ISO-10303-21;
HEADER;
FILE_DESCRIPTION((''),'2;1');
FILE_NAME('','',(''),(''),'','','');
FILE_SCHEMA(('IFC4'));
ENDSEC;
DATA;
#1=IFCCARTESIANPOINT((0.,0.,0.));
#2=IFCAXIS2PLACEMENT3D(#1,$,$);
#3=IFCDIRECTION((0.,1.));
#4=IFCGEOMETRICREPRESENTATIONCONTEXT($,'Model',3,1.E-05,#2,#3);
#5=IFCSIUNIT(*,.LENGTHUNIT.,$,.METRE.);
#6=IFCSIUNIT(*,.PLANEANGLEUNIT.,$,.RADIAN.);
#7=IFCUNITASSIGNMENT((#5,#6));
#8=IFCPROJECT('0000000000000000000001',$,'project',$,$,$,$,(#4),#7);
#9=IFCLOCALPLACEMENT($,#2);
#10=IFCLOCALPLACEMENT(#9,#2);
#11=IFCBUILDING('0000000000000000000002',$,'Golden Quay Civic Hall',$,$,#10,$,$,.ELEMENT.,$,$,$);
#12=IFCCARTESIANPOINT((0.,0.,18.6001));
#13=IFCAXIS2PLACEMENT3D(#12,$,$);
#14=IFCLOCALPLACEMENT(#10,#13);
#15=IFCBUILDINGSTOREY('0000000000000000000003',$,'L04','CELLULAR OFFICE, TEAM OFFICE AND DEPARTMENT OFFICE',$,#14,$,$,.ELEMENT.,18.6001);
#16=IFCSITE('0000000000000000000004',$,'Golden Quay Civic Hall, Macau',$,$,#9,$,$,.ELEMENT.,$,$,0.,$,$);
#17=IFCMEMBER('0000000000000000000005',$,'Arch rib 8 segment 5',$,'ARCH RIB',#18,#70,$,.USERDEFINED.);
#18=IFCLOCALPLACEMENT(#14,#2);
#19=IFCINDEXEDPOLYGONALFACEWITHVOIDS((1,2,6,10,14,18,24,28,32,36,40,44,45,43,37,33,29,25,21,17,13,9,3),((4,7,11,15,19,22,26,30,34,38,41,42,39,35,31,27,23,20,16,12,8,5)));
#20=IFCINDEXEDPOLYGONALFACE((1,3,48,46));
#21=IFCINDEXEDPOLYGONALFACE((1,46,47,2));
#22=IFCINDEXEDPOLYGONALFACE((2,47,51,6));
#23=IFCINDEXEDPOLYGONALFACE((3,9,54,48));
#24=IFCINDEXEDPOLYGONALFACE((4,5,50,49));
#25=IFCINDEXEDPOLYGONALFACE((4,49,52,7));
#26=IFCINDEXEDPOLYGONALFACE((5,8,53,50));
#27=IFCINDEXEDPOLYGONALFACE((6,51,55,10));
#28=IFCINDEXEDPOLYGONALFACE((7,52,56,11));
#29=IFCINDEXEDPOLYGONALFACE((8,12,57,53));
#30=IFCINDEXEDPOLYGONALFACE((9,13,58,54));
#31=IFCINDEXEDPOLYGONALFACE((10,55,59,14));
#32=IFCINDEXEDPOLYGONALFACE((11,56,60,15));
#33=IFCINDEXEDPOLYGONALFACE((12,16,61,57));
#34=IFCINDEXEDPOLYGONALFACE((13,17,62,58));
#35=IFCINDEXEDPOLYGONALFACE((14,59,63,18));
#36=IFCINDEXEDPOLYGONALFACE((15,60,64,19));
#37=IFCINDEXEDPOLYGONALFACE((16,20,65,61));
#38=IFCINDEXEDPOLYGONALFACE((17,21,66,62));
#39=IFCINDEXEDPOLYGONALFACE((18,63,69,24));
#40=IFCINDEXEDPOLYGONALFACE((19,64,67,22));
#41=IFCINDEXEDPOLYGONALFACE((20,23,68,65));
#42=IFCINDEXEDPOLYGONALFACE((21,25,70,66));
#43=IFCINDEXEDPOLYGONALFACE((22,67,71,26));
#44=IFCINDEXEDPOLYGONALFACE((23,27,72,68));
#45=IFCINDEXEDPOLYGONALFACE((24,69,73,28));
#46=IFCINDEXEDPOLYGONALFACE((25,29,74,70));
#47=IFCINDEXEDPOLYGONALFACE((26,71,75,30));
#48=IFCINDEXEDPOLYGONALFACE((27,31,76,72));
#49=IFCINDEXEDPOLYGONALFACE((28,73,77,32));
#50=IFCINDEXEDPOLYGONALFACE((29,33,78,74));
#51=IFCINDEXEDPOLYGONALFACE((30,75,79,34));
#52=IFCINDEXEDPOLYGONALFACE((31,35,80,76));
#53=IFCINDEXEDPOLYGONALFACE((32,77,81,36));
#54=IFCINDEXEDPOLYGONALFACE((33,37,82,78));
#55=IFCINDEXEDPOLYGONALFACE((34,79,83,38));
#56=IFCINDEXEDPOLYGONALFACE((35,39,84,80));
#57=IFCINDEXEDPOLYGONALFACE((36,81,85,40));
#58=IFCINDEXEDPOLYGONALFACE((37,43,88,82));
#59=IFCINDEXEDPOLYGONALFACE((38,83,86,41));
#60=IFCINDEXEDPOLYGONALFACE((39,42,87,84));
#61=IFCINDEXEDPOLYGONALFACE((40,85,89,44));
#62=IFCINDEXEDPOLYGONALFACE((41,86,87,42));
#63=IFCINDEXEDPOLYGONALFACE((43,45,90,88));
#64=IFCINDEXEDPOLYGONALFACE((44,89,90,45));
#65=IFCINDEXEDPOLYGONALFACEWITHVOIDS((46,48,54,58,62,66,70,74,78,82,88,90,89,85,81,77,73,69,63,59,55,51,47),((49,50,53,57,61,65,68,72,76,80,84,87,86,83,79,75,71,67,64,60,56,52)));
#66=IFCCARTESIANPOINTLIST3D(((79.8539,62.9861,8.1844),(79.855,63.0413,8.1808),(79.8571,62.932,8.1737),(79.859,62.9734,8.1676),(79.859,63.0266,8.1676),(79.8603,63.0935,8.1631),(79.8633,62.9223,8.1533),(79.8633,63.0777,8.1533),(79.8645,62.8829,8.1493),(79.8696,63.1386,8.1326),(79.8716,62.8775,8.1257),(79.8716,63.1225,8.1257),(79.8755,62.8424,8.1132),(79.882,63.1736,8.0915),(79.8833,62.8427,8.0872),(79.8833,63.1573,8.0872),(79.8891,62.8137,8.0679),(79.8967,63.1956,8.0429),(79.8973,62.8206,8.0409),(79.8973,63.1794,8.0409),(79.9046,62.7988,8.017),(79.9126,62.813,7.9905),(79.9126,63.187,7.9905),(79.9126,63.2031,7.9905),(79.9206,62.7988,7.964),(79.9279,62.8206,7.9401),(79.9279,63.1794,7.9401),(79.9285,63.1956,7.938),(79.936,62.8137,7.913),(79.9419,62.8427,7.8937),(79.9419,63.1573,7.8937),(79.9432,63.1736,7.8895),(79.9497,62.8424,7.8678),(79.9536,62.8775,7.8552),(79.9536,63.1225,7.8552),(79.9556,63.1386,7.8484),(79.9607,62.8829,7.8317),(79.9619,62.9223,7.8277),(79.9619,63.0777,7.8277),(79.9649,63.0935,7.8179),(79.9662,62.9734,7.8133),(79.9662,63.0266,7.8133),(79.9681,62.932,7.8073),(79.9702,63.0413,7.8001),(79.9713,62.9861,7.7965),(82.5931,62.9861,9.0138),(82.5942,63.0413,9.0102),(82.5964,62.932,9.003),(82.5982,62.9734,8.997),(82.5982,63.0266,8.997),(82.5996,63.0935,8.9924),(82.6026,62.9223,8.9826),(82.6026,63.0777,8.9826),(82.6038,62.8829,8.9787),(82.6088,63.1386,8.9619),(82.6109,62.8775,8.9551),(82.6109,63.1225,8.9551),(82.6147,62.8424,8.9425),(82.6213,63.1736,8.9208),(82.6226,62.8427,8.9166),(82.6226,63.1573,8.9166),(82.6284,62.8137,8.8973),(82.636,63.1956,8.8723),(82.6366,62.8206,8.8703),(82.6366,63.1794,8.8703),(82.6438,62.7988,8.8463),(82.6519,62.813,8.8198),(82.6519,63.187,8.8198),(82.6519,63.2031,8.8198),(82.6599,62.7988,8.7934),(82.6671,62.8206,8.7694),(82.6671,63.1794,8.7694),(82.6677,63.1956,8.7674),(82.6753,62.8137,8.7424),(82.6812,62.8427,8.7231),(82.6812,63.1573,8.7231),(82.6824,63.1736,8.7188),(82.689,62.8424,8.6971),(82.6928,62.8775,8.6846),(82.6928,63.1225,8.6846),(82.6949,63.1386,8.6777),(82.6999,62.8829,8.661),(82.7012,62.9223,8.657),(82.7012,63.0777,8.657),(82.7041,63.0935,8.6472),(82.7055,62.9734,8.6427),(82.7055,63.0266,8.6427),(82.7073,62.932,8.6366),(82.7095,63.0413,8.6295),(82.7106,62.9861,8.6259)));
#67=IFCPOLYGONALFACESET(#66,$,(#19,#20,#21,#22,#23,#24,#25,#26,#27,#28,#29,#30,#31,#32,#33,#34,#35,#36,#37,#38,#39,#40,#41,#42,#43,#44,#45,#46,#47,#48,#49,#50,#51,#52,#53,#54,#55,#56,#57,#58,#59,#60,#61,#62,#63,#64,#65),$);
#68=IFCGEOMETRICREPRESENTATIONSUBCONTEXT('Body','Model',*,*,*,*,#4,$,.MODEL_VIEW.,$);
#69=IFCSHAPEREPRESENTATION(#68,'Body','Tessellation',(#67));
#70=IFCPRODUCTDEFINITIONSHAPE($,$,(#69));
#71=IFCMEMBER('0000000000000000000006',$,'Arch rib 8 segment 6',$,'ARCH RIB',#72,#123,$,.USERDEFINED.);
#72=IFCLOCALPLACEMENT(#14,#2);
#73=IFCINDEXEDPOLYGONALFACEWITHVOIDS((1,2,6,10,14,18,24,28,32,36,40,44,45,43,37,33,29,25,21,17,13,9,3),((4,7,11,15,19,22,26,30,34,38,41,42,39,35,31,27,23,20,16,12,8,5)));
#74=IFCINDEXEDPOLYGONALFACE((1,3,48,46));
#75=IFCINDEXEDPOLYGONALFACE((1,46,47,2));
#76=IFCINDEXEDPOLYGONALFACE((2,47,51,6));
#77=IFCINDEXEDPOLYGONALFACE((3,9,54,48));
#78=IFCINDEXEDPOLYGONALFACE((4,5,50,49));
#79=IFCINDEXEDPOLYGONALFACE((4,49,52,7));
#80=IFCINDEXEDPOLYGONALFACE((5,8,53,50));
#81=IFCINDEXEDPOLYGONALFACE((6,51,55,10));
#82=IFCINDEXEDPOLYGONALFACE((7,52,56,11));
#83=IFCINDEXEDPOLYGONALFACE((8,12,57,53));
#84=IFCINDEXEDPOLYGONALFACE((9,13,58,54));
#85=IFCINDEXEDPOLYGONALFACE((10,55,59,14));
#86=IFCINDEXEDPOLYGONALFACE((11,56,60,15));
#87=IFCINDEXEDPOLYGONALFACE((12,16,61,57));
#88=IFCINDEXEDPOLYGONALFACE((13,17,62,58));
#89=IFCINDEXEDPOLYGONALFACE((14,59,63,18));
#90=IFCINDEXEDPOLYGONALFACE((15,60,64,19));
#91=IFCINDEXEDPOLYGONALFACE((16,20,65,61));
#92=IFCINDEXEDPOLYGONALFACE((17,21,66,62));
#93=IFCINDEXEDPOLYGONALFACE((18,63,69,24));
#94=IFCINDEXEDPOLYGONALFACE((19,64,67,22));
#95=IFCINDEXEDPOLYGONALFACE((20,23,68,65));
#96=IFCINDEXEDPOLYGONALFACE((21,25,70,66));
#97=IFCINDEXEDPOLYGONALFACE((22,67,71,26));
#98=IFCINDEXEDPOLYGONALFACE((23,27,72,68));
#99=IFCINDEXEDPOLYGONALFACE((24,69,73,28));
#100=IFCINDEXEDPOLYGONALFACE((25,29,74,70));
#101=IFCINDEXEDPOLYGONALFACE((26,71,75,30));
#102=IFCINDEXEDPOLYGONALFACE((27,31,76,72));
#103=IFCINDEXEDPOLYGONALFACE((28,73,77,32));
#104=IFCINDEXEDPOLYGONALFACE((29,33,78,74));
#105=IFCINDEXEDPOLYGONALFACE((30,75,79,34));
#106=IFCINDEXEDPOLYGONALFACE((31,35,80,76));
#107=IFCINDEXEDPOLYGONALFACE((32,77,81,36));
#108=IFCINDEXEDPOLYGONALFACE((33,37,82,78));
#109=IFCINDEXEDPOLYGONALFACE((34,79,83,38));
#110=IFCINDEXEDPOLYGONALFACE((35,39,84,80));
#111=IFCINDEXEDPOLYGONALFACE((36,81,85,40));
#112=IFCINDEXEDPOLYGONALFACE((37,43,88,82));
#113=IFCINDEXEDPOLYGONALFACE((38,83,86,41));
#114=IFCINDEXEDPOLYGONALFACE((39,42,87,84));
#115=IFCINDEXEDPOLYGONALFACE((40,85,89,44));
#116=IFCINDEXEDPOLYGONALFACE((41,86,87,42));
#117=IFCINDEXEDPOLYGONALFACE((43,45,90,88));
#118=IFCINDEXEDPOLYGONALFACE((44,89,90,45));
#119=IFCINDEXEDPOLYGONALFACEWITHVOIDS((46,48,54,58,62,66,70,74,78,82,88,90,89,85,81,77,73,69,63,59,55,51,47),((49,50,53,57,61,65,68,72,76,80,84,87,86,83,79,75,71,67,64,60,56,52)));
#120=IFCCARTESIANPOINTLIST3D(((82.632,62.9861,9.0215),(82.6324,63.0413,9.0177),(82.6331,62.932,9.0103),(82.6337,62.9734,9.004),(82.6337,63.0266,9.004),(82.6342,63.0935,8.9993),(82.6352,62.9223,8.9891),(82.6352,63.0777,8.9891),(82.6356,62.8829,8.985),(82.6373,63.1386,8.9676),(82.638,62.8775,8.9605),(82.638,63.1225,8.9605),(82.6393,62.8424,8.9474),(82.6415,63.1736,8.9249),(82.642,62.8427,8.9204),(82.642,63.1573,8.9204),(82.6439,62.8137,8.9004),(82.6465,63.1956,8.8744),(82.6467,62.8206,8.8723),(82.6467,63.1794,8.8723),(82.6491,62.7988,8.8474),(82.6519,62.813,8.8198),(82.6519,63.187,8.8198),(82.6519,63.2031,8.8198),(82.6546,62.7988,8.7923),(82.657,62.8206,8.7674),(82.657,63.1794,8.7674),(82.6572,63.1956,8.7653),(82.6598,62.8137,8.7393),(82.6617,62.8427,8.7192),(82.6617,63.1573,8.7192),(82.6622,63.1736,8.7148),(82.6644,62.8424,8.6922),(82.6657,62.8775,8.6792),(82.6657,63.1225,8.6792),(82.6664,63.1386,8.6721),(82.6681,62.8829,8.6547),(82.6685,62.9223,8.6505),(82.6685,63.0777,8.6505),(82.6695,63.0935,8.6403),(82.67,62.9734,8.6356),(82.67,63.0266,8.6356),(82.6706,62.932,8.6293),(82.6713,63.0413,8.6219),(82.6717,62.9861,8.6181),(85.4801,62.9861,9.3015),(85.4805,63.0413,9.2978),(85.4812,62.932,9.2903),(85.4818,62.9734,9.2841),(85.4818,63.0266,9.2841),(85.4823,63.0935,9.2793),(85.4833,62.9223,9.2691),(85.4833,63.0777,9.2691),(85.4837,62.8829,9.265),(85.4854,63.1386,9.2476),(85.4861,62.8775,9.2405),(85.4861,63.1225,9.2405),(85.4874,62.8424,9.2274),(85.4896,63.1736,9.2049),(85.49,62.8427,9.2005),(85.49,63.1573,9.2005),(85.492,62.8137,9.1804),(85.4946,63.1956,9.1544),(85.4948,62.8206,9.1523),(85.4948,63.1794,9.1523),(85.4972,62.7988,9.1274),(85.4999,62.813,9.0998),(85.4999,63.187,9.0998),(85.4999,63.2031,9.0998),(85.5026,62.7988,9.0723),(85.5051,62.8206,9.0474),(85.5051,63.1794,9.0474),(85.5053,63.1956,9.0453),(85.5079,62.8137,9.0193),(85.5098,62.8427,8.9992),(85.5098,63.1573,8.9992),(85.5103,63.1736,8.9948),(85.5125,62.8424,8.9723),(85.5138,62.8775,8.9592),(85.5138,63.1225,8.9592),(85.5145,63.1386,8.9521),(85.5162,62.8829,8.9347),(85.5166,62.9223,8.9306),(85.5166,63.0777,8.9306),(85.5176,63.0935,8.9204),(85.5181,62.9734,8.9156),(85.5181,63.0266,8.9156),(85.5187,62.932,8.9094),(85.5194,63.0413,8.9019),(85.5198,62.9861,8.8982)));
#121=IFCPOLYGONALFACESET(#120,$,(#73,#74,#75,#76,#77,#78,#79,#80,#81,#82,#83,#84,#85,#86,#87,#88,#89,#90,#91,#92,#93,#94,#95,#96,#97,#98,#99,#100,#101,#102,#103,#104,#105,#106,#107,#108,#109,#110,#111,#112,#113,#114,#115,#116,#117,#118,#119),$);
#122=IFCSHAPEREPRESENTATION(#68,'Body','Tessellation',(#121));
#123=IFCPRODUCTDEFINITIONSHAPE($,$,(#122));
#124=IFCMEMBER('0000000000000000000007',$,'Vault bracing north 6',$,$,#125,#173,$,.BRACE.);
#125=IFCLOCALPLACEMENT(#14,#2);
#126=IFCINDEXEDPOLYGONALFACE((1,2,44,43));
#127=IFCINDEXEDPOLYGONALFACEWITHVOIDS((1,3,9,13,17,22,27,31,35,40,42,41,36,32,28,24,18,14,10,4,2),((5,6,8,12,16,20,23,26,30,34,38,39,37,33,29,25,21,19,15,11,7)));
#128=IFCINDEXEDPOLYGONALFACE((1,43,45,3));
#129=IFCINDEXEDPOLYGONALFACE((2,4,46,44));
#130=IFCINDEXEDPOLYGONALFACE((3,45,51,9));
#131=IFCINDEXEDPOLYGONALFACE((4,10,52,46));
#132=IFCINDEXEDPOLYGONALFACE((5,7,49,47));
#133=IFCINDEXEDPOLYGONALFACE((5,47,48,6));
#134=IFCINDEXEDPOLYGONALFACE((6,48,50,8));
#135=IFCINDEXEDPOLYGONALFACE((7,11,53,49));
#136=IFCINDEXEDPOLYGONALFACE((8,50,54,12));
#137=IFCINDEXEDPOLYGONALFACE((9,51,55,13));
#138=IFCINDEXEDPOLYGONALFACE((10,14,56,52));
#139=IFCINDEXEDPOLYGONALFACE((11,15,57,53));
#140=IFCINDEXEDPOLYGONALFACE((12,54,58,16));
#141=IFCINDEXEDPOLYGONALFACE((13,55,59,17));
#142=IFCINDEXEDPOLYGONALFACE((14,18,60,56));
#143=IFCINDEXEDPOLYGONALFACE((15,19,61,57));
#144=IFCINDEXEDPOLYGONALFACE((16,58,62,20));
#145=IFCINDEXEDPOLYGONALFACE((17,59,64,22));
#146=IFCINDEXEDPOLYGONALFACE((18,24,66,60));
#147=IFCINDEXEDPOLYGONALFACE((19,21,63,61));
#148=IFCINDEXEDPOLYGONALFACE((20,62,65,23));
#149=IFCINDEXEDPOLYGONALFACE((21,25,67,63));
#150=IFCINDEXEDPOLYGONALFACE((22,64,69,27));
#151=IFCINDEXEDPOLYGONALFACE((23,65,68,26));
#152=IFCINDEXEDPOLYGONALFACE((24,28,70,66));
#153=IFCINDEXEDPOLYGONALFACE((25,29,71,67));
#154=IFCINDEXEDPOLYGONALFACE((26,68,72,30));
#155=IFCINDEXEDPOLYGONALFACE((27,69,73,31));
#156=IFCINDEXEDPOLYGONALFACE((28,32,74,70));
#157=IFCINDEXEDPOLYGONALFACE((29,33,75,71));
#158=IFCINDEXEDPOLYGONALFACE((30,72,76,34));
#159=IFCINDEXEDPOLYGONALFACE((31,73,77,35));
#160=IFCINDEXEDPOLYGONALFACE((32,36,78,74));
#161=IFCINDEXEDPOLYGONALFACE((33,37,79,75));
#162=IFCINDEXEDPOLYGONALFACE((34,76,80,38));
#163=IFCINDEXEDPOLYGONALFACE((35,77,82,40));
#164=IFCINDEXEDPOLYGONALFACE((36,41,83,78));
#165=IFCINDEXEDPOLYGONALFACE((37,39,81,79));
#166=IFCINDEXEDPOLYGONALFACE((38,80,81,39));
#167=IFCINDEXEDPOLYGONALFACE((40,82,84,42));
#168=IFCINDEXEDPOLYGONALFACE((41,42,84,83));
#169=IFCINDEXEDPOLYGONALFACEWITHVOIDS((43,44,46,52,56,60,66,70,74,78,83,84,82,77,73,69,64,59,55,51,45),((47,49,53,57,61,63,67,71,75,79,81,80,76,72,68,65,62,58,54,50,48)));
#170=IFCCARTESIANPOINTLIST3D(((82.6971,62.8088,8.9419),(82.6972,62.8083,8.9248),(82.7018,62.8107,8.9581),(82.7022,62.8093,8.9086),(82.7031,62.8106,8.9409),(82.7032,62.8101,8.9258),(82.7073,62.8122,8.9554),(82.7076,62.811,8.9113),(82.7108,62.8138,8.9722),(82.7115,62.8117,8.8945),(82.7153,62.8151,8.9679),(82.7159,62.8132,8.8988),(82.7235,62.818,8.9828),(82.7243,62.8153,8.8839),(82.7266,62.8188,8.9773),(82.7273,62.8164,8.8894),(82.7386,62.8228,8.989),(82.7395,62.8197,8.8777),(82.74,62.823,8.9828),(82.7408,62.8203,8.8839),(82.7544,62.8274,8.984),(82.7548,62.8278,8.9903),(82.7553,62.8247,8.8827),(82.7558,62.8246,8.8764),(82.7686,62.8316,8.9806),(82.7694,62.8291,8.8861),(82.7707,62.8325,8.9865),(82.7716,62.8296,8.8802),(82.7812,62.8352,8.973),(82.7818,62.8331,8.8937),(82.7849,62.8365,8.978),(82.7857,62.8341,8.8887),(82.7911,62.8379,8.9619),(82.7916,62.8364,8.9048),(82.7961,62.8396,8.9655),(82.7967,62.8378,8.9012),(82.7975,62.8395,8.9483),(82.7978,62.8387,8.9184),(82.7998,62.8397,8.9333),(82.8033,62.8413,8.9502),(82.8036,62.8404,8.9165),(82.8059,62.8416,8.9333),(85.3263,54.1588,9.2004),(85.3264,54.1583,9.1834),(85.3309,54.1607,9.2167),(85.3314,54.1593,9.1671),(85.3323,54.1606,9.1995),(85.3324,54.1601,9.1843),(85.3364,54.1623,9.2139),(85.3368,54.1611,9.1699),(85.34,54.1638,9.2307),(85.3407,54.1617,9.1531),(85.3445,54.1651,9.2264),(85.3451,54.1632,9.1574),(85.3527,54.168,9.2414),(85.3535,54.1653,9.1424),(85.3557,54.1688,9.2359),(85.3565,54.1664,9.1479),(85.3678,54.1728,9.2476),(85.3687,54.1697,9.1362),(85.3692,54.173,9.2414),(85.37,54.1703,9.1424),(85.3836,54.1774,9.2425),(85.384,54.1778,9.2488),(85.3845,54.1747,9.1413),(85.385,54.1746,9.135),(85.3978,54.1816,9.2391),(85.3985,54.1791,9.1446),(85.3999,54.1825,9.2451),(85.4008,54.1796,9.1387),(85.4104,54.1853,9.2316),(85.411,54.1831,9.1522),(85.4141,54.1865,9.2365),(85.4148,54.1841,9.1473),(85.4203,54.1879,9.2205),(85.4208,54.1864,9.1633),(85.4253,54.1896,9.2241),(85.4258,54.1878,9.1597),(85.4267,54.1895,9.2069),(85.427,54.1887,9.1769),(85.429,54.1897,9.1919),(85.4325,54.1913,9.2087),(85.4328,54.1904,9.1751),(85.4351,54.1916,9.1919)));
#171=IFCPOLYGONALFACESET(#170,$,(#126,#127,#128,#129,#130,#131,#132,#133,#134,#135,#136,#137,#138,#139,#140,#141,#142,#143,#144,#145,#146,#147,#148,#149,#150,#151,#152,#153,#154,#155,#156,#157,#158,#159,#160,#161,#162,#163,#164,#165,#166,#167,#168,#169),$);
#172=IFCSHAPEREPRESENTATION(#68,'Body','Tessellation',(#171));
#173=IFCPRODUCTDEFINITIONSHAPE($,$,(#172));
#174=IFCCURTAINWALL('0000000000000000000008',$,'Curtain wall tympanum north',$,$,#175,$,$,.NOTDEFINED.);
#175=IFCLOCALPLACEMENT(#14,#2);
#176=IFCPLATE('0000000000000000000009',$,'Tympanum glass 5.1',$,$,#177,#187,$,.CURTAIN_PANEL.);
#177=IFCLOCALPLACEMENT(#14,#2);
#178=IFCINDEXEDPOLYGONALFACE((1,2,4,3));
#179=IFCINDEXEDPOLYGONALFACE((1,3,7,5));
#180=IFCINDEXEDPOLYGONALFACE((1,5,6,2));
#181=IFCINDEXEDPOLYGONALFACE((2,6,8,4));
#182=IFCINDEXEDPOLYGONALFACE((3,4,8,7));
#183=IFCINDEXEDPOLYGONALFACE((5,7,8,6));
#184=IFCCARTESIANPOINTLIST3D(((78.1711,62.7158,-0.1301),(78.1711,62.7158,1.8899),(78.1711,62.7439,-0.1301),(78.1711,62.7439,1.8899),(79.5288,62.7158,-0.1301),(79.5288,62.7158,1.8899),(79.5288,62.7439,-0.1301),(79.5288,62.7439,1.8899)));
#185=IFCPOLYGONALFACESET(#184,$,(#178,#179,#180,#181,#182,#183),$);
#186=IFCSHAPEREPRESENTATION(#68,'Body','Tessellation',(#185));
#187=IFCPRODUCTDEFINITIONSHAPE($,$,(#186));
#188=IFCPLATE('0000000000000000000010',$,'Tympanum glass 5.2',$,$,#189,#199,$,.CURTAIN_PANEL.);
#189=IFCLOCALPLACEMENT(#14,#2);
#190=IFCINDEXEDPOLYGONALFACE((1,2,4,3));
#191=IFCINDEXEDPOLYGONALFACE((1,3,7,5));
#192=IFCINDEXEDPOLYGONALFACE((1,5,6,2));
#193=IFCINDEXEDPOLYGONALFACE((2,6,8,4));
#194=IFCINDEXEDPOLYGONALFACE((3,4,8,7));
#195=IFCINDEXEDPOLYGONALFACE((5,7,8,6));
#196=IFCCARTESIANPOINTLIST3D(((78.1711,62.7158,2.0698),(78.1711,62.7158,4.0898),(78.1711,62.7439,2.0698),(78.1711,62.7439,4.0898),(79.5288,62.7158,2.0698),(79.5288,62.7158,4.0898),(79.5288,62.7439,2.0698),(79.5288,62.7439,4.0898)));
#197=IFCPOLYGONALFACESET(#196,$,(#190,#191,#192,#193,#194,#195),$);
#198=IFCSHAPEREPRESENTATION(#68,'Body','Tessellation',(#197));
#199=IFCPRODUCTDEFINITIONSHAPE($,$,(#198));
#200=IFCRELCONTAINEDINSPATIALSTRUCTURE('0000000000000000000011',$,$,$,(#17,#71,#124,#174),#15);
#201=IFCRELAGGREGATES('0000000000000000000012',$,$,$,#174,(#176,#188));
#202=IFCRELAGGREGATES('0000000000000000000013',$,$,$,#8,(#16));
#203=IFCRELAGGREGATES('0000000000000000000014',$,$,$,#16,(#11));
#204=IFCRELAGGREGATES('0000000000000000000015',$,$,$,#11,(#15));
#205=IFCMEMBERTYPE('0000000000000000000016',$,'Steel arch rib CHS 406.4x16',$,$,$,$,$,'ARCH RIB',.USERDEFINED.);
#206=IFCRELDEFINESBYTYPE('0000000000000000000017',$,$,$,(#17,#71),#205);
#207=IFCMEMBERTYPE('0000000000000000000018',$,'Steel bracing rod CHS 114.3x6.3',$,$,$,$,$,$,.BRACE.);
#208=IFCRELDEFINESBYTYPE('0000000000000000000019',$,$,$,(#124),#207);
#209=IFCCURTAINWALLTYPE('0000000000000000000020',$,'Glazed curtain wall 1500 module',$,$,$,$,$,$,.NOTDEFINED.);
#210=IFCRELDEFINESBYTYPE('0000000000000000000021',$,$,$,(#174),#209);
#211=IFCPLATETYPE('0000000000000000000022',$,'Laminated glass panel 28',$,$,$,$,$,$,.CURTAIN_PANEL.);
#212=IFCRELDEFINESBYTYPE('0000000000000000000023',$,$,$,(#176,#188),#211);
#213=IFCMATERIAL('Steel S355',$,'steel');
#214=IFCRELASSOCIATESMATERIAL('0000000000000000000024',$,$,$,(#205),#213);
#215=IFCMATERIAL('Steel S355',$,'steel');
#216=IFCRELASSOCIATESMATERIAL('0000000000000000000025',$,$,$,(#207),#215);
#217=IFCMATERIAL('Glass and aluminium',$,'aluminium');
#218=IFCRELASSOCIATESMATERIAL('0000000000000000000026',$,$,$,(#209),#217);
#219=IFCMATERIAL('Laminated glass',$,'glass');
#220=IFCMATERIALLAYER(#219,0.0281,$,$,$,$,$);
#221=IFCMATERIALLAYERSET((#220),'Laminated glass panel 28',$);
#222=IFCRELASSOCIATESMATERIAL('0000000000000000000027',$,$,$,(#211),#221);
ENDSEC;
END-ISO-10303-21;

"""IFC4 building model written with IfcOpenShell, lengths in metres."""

from ifc_helpers import new_model, si_unit, direction, frame, origin, origin_2d, place, context, subcontext, project, spatial, polyline, hollow_circle, outline, extrude, material, layer, layer_set, material_profile, profile_set, type_object, element, aggregate, save


model = new_model("IFC4")

# Units and contexts
model_context = context("Model", 3, precision=1e-05, world=origin(), true_north=direction((0.0, 1.0)))
body_context = subcontext(model_context, "Body", "Model", "MODEL_VIEW")
ifc_project = project(units=[si_unit("LENGTHUNIT", "METRE"), si_unit("PLANEANGLEUNIT", "RADIAN")], contexts=[model_context])

# Site, building, storey
site_placement = place(None, origin())
site = spatial("IfcSite", under=ifc_project, at=site_placement, Name="Golden Quay Civic Hall, Macau", CompositionType="ELEMENT", RefElevation=0.0)
building_placement = place(site_placement, origin())
building = spatial("IfcBuilding", under=site, at=building_placement, Name="Golden Quay Civic Hall", CompositionType="ELEMENT")
storey_placement = place(building_placement, frame((0.0, 0.0, 18.6001)))
storey = spatial("IfcBuildingStorey", under=building, at=storey_placement, Name="L04", Description="CELLULAR OFFICE, TEAM OFFICE AND DEPARTMENT OFFICE", CompositionType="ELEMENT", Elevation=18.6001)

# Members
ifc_material_1 = material(Name="Steel S355", Category="steel")
ifc_material_profile_1 = material_profile(ifc_material_1, hollow_circle(Radius=0.2031, WallThickness=0.0161, at=origin_2d()), Name="CHS 406.4x16")
ifc_profile_set_1 = profile_set([ifc_material_profile_1], Name="Steel S355")
member_type_1 = type_object("IfcMemberType", Name="Steel arch rib CHS 406.4x16", ElementType="ARCH RIB", PredefinedType="USERDEFINED", material=ifc_profile_set_1)
member_1_placement = place(storey_placement, frame((79.9126, 63.0, 7.9905), z_axis=(0.957095, 0.0, 0.289773), x_axis=(0.0, 1.0, 0.0)))
element("IfcMember", 1, at=member_1_placement, inside=storey, type_object=member_type_1, Name="Arch rib 8 segment 5", ObjectType="ARCH RIB", PredefinedType="USERDEFINED", context=body_context, shape_type="SweptSolid", body=[
    extrude(hollow_circle(Radius=0.2031, WallThickness=0.0161, at=origin_2d()), origin(), (0.0, 0.0, 1.0), 2.8621),
])
member_2_placement = place(storey_placement, frame((82.6519, 63.0, 8.8198), z_axis=(0.995201, 0.0, 0.097848), x_axis=(0.0, 1.0, 0.0)))
element("IfcMember", 2, at=member_2_placement, inside=storey, type_object=member_type_1, Name="Arch rib 8 segment 6", ObjectType="ARCH RIB", PredefinedType="USERDEFINED", context=body_context, shape_type="SweptSolid", body=[
    extrude(hollow_circle(Radius=0.2031, WallThickness=0.0161, at=origin_2d()), origin(), (0.0, 0.0, 1.0), 2.8618),
])
ifc_material_2 = material(Name="Steel S355", Category="steel")
ifc_material_profile_2 = material_profile(ifc_material_2, hollow_circle(Radius=0.0571, WallThickness=0.0063, at=origin_2d()), Name="CHS 114.3x6.3")
ifc_profile_set_2 = profile_set([ifc_material_profile_2], Name="Steel S355")
member_type_2 = type_object("IfcMemberType", Name="Steel bracing rod CHS 114.3x6.3", PredefinedType="BRACE", material=ifc_profile_set_2)
member_3_placement = place(storey_placement, frame((82.7512, 62.825, 8.9333), z_axis=(0.290696, -0.956388, 0.028586), x_axis=(0.956779, 0.290815, 0.0)))
element("IfcMember", 3, at=member_3_placement, inside=storey, type_object=member_type_2, Name="Vault bracing north 6", PredefinedType="BRACE", context=body_context, shape_type="SweptSolid", body=[
    extrude(hollow_circle(Radius=0.0571, WallThickness=0.0063, at=origin_2d()), origin(), (0.0, 0.0, 1.0), 9.0444),
])

# Curtain wall, plates
ifc_material_3 = material(Name="Glass and aluminium", Category="aluminium")
curtain_wall_type = type_object("IfcCurtainWallType", Name="Glazed curtain wall 1500 module", PredefinedType="NOTDEFINED", material=ifc_material_3)
curtain_wall_placement = place(storey_placement, origin())
curtain_wall = element("IfcCurtainWall", 4, at=curtain_wall_placement, inside=storey, type_object=curtain_wall_type, Name="Curtain wall tympanum north", PredefinedType="NOTDEFINED")
ifc_material_4 = material(Name="Laminated glass", Category="glass")
ifc_layer_1 = layer(ifc_material_4, 0.0281)
ifc_layer_set_1 = layer_set([ifc_layer_1], Name="Laminated glass panel 28")
plate_type = type_object("IfcPlateType", Name="Laminated glass panel 28", PredefinedType="CURTAIN_PANEL", material=ifc_layer_set_1)
plate_1_placement = place(storey_placement, frame((79.5288, 62.7439, -0.1301), z_axis=(0.0, 1.0, 0.0), x_axis=(-1.0, 0.0, 0.0)))
plate_1 = element("IfcPlate", 5, at=plate_1_placement, type_object=plate_type, Name="Tympanum glass 5.1", PredefinedType="CURTAIN_PANEL", context=body_context, shape_type="SweptSolid", body=[
    extrude(outline(polyline([(0.0, 0.0), (1.3577, 0.0), (1.3577, 2.02), (0.0, 2.02), (0.0, 0.0)])), origin(), (0.0, 0.0, -1.0), 0.0281),
])
plate_2_placement = place(storey_placement, frame((79.5288, 62.7439, 2.0698), z_axis=(0.0, 1.0, 0.0), x_axis=(-1.0, 0.0, 0.0)))
plate_2 = element("IfcPlate", 6, at=plate_2_placement, type_object=plate_type, Name="Tympanum glass 5.2", PredefinedType="CURTAIN_PANEL", context=body_context, shape_type="SweptSolid", body=[
    extrude(outline(polyline([(0.0, 0.0), (1.3577, 0.0), (1.3577, 2.02), (0.0, 2.02), (0.0, 0.0)])), origin(), (0.0, 0.0, -1.0), 0.0281),
])
aggregate(curtain_wall, [plate_1, plate_2])

save(model, "model.ifc")
